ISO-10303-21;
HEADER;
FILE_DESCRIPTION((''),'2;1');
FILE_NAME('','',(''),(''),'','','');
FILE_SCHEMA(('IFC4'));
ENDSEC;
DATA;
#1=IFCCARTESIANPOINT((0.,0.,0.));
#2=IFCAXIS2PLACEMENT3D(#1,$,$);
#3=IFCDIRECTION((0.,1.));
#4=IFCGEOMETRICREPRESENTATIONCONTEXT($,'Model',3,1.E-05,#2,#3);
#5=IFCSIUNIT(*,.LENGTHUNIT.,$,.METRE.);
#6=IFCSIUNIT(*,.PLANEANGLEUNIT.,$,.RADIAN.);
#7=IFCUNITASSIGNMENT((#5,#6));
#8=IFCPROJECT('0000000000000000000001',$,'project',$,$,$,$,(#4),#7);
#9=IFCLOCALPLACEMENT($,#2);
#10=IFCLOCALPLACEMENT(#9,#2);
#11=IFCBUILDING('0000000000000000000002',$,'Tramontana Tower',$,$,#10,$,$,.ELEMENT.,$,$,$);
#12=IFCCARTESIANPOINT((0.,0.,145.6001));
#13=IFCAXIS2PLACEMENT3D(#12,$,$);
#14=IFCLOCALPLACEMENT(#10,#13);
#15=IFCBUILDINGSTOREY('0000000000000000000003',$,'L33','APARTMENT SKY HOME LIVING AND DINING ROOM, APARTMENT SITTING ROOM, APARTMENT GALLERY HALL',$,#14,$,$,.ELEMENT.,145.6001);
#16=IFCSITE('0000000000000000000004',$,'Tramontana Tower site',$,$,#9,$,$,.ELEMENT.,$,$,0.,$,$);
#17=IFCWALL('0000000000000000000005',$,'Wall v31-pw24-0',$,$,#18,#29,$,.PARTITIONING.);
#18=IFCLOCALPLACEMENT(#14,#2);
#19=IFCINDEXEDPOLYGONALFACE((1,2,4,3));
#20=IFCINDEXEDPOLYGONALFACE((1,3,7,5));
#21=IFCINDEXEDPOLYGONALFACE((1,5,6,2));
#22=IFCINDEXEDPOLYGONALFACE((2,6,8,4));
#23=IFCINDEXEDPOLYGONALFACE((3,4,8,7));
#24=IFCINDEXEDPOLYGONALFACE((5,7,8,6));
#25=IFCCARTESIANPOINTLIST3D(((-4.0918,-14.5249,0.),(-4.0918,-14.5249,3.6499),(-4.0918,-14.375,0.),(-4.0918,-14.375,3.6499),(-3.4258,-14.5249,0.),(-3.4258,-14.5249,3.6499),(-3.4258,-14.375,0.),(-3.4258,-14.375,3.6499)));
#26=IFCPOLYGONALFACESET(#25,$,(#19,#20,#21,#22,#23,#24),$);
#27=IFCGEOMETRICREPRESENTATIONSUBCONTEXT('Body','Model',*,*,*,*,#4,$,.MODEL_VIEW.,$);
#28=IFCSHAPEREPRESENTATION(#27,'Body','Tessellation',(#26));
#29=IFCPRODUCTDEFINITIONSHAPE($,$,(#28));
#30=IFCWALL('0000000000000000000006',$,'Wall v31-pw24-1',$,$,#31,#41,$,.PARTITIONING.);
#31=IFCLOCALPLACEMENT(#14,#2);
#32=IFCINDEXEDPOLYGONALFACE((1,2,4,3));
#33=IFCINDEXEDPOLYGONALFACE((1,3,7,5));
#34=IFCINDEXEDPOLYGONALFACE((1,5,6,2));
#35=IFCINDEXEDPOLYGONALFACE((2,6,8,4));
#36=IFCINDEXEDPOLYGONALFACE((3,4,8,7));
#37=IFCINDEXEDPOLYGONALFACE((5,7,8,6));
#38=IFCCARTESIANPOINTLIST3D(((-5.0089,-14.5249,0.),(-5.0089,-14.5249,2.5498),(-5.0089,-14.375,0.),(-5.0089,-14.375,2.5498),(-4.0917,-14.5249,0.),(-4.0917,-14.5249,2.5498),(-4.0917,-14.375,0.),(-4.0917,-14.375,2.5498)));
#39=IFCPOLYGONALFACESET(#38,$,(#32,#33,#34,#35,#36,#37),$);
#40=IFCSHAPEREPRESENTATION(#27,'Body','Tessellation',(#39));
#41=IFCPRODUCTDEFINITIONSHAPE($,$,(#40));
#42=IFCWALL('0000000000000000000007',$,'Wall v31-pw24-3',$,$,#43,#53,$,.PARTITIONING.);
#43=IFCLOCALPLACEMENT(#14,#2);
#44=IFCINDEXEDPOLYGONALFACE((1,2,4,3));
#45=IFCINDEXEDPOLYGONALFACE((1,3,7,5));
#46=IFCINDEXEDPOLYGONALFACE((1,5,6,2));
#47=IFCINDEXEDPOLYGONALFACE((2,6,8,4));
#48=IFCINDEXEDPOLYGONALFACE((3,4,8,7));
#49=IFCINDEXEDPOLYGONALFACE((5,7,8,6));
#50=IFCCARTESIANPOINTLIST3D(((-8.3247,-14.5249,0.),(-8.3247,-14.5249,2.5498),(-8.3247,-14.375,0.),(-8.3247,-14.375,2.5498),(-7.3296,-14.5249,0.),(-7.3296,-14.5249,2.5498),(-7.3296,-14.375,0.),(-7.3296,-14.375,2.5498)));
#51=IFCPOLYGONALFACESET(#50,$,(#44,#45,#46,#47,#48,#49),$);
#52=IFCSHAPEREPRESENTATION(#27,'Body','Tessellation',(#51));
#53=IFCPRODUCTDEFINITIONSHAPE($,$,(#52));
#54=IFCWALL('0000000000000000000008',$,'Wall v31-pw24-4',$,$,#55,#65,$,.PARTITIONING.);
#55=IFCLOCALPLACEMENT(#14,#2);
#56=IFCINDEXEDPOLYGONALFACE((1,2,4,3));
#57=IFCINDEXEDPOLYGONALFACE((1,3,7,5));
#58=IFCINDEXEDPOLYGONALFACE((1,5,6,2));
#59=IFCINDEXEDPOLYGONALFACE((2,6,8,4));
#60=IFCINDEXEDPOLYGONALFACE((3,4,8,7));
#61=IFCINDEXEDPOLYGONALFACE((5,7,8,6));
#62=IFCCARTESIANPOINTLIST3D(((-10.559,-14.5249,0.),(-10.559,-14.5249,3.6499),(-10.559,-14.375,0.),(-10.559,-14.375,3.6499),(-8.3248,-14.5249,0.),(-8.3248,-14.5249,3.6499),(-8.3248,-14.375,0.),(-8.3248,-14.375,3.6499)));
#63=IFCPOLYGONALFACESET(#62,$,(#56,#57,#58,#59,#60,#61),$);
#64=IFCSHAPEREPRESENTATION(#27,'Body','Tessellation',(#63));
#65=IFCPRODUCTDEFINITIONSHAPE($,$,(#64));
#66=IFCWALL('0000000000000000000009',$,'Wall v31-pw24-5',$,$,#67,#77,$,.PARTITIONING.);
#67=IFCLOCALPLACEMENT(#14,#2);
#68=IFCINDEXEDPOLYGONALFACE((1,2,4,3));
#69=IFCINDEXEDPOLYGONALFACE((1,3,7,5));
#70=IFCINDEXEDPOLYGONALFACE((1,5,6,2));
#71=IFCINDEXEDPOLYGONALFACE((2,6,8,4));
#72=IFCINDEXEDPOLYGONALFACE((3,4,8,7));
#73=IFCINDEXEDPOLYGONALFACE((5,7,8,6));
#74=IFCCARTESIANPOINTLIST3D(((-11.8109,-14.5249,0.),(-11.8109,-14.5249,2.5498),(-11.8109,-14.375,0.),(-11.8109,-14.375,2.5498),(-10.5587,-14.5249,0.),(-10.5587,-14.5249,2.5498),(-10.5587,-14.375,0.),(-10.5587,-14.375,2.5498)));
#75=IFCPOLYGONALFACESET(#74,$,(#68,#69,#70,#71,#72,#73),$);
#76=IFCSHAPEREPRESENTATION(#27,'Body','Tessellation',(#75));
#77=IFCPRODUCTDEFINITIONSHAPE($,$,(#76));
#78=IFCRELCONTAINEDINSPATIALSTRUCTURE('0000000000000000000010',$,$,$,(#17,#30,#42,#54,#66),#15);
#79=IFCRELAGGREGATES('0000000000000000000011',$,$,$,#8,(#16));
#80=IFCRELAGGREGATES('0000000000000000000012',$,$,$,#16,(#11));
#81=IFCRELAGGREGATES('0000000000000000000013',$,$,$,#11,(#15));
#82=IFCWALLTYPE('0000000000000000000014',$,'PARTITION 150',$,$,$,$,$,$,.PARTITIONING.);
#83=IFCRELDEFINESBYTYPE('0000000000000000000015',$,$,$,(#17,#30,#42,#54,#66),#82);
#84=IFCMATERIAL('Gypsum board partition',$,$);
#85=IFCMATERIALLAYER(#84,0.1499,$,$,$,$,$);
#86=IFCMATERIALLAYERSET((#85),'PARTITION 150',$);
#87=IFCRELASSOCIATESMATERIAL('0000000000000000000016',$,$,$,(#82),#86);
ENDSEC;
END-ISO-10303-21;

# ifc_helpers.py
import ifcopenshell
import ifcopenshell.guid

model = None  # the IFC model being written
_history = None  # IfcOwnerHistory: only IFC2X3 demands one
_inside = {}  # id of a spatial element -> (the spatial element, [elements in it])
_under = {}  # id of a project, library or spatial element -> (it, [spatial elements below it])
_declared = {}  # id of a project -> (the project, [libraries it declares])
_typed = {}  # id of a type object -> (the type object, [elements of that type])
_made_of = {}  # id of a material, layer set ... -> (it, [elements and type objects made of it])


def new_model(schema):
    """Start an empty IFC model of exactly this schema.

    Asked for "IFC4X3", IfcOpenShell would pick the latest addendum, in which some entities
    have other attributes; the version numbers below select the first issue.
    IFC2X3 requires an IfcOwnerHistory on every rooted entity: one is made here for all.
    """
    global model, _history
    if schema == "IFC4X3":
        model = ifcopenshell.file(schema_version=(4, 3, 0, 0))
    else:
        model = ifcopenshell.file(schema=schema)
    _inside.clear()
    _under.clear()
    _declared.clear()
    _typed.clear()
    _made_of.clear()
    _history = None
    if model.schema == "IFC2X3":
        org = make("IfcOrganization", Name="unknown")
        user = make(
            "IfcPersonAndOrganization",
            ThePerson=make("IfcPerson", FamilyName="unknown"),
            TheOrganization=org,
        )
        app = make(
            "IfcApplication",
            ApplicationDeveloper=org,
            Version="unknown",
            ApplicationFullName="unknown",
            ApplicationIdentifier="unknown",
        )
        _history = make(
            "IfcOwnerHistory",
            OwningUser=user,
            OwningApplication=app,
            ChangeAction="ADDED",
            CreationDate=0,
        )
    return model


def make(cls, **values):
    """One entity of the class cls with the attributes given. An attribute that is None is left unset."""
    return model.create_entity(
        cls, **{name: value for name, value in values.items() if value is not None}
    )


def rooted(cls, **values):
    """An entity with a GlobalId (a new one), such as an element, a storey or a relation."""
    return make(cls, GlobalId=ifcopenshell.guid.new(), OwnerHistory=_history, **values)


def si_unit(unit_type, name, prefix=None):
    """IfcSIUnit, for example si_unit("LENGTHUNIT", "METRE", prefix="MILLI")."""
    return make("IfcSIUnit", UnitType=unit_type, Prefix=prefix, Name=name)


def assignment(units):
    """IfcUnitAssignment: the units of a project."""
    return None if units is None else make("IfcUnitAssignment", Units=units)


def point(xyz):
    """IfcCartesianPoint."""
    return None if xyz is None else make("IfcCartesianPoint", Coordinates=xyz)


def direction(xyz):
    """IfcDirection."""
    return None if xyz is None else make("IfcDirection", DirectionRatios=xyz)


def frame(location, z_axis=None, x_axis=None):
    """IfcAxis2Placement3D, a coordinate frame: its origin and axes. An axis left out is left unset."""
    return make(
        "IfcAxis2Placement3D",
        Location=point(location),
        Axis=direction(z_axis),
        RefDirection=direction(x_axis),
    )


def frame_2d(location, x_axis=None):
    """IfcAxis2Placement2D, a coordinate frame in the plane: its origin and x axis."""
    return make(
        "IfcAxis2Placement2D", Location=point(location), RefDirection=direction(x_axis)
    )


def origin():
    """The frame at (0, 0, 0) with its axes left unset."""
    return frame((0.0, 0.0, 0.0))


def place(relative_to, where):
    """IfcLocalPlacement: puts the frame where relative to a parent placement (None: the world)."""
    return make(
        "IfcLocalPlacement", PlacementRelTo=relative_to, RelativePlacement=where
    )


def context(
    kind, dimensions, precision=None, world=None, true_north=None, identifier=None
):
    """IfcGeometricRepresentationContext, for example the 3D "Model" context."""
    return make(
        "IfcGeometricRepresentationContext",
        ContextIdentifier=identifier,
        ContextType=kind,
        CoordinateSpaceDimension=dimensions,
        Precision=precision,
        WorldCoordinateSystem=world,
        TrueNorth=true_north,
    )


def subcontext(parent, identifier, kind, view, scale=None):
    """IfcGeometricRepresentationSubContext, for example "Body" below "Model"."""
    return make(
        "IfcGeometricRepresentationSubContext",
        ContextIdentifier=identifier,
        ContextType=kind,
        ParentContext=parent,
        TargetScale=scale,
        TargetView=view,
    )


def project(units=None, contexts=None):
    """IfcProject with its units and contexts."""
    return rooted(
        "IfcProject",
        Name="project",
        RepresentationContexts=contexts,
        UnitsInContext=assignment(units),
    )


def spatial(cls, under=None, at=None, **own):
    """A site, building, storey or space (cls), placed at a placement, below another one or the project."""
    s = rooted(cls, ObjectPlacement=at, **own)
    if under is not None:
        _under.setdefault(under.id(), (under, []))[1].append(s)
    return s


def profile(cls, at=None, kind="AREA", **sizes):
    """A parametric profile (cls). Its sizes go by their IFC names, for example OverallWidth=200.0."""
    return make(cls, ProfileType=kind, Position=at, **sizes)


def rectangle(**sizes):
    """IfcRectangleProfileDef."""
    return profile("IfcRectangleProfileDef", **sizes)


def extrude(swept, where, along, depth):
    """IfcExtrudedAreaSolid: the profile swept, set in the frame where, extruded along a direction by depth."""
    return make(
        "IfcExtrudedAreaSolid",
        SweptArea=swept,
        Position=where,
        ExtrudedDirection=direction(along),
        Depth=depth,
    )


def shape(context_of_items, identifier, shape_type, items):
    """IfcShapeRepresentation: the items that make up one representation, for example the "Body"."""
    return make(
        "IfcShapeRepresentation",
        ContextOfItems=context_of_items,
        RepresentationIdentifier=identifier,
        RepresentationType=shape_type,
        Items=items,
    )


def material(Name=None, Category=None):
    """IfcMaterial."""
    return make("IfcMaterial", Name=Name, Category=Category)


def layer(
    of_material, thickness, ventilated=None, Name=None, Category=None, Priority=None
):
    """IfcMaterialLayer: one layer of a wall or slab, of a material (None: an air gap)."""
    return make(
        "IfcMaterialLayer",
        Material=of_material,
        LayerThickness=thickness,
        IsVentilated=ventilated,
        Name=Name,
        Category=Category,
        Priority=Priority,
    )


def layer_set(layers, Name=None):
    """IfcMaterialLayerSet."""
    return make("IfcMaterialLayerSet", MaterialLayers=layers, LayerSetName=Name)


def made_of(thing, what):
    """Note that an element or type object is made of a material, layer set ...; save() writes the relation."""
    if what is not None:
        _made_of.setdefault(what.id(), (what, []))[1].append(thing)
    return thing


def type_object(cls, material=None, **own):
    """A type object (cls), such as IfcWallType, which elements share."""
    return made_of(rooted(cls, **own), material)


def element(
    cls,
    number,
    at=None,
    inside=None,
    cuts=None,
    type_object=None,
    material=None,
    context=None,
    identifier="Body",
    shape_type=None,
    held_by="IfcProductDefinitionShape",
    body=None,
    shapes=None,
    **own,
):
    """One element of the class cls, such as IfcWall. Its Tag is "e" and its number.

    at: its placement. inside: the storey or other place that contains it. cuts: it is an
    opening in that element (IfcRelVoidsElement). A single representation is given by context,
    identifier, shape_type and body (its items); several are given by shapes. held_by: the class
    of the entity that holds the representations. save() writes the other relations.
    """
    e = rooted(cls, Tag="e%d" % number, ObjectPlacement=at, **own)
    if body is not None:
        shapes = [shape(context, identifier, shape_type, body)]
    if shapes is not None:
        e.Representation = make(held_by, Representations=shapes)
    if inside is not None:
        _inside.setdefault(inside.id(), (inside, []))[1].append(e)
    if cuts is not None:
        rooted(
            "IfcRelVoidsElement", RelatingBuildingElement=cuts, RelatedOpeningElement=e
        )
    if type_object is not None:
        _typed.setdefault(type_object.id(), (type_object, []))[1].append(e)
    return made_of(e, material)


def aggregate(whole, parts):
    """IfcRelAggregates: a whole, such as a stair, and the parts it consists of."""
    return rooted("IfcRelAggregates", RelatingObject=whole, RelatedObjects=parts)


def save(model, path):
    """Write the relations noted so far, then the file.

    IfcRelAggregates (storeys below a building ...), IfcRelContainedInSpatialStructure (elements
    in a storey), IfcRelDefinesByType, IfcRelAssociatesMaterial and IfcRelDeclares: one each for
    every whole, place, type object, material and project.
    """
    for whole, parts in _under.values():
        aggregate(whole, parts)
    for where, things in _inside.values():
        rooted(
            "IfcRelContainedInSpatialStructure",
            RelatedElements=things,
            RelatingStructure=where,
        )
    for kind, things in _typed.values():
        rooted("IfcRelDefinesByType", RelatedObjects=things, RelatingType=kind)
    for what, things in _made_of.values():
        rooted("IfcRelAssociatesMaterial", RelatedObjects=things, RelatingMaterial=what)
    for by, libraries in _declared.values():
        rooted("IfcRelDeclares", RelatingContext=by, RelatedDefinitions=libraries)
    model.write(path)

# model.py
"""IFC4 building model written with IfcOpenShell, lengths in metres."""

from ifc_helpers import new_model, si_unit, direction, frame, frame_2d, origin, place, context, subcontext, project, spatial, rectangle, extrude, material, layer, layer_set, type_object, element, save


model = new_model("IFC4")

# Units and contexts
model_context = context("Model", 3, precision=1e-05, world=origin(), true_north=direction((0.0, 1.0)))
body_context = subcontext(model_context, "Body", "Model", "MODEL_VIEW")
ifc_project = project(units=[si_unit("LENGTHUNIT", "METRE"), si_unit("PLANEANGLEUNIT", "RADIAN")], contexts=[model_context])

# Site, building, storey
site_placement = place(None, origin())
site = spatial("IfcSite", under=ifc_project, at=site_placement, Name="Tramontana Tower site", CompositionType="ELEMENT", RefElevation=0.0)
building_placement = place(site_placement, origin())
building = spatial("IfcBuilding", under=site, at=building_placement, Name="Tramontana Tower", CompositionType="ELEMENT")
storey_placement = place(building_placement, frame((0.0, 0.0, 145.6001)))
storey = spatial("IfcBuildingStorey", under=building, at=storey_placement, Name="L33", Description="APARTMENT SKY HOME LIVING AND DINING ROOM, APARTMENT SITTING ROOM, APARTMENT GALLERY HALL", CompositionType="ELEMENT", Elevation=145.6001)

# Shared definitions
ifc_material_1 = material(Name="Gypsum board partition")
ifc_layer_1 = layer(ifc_material_1, 0.1499)
ifc_layer_set_1 = layer_set([ifc_layer_1], Name="PARTITION 150")
wall_type_1 = type_object("IfcWallType", Name="PARTITION 150", PredefinedType="PARTITIONING", material=ifc_layer_set_1)

# Walls
wall_1_placement = place(storey_placement, frame((-3.4258, -14.45, 0.0), z_axis=(0.0, 0.0, 1.0), x_axis=(-1.0, 0.0, 0.0)))
element("IfcWall", 1, at=wall_1_placement, inside=storey, type_object=wall_type_1, Name="Wall v31-pw24-0", PredefinedType="PARTITIONING", context=body_context, shape_type="SweptSolid", body=[
    extrude(rectangle(XDim=0.666, YDim=0.1499, at=frame_2d((0.333, 0.0))), origin(), (0.0, 0.0, 1.0), 3.6499),
])
wall_2_placement = place(storey_placement, frame((-4.0918, -14.45, 0.0), z_axis=(0.0, 0.0, 1.0), x_axis=(-1.0, 0.0, 0.0)))
element("IfcWall", 2, at=wall_2_placement, inside=storey, type_object=wall_type_1, Name="Wall v31-pw24-1", PredefinedType="PARTITIONING", context=body_context, shape_type="SweptSolid", body=[
    extrude(rectangle(XDim=0.9172, YDim=0.1499, at=frame_2d((0.4585, 0.0))), origin(), (0.0, 0.0, 1.0), 2.5498),
])

# Walls
wall_3_placement = place(storey_placement, frame((-7.3296, -14.45, 0.0), z_axis=(0.0, 0.0, 1.0), x_axis=(-1.0, 0.0, 0.0)))
element("IfcWall", 3, at=wall_3_placement, inside=storey, type_object=wall_type_1, Name="Wall v31-pw24-3", PredefinedType="PARTITIONING", context=body_context, shape_type="SweptSolid", body=[
    extrude(rectangle(XDim=0.9951, YDim=0.1499, at=frame_2d((0.4976, 0.0))), origin(), (0.0, 0.0, 1.0), 2.5498),
])
wall_4_placement = place(storey_placement, frame((-8.3247, -14.45, 0.0), z_axis=(0.0, 0.0, 1.0), x_axis=(-1.0, 0.0, 0.0)))
element("IfcWall", 4, at=wall_4_placement, inside=storey, type_object=wall_type_1, Name="Wall v31-pw24-4", PredefinedType="PARTITIONING", context=body_context, shape_type="SweptSolid", body=[
    extrude(rectangle(XDim=2.2341, YDim=0.1499, at=frame_2d((1.1172, 0.0))), origin(), (0.0, 0.0, 1.0), 3.6499),
])
wall_5_placement = place(storey_placement, frame((-10.5588, -14.45, 0.0), z_axis=(0.0, 0.0, 1.0), x_axis=(-1.0, 0.0, 0.0)))
element("IfcWall", 5, at=wall_5_placement, inside=storey, type_object=wall_type_1, Name="Wall v31-pw24-5", PredefinedType="PARTITIONING", context=body_context, shape_type="SweptSolid", body=[
    extrude(rectangle(XDim=1.2522, YDim=0.1499, at=frame_2d((0.626, 0.0))), origin(), (0.0, 0.0, 1.0), 2.5498),
])

save(model, "model.ifc")
